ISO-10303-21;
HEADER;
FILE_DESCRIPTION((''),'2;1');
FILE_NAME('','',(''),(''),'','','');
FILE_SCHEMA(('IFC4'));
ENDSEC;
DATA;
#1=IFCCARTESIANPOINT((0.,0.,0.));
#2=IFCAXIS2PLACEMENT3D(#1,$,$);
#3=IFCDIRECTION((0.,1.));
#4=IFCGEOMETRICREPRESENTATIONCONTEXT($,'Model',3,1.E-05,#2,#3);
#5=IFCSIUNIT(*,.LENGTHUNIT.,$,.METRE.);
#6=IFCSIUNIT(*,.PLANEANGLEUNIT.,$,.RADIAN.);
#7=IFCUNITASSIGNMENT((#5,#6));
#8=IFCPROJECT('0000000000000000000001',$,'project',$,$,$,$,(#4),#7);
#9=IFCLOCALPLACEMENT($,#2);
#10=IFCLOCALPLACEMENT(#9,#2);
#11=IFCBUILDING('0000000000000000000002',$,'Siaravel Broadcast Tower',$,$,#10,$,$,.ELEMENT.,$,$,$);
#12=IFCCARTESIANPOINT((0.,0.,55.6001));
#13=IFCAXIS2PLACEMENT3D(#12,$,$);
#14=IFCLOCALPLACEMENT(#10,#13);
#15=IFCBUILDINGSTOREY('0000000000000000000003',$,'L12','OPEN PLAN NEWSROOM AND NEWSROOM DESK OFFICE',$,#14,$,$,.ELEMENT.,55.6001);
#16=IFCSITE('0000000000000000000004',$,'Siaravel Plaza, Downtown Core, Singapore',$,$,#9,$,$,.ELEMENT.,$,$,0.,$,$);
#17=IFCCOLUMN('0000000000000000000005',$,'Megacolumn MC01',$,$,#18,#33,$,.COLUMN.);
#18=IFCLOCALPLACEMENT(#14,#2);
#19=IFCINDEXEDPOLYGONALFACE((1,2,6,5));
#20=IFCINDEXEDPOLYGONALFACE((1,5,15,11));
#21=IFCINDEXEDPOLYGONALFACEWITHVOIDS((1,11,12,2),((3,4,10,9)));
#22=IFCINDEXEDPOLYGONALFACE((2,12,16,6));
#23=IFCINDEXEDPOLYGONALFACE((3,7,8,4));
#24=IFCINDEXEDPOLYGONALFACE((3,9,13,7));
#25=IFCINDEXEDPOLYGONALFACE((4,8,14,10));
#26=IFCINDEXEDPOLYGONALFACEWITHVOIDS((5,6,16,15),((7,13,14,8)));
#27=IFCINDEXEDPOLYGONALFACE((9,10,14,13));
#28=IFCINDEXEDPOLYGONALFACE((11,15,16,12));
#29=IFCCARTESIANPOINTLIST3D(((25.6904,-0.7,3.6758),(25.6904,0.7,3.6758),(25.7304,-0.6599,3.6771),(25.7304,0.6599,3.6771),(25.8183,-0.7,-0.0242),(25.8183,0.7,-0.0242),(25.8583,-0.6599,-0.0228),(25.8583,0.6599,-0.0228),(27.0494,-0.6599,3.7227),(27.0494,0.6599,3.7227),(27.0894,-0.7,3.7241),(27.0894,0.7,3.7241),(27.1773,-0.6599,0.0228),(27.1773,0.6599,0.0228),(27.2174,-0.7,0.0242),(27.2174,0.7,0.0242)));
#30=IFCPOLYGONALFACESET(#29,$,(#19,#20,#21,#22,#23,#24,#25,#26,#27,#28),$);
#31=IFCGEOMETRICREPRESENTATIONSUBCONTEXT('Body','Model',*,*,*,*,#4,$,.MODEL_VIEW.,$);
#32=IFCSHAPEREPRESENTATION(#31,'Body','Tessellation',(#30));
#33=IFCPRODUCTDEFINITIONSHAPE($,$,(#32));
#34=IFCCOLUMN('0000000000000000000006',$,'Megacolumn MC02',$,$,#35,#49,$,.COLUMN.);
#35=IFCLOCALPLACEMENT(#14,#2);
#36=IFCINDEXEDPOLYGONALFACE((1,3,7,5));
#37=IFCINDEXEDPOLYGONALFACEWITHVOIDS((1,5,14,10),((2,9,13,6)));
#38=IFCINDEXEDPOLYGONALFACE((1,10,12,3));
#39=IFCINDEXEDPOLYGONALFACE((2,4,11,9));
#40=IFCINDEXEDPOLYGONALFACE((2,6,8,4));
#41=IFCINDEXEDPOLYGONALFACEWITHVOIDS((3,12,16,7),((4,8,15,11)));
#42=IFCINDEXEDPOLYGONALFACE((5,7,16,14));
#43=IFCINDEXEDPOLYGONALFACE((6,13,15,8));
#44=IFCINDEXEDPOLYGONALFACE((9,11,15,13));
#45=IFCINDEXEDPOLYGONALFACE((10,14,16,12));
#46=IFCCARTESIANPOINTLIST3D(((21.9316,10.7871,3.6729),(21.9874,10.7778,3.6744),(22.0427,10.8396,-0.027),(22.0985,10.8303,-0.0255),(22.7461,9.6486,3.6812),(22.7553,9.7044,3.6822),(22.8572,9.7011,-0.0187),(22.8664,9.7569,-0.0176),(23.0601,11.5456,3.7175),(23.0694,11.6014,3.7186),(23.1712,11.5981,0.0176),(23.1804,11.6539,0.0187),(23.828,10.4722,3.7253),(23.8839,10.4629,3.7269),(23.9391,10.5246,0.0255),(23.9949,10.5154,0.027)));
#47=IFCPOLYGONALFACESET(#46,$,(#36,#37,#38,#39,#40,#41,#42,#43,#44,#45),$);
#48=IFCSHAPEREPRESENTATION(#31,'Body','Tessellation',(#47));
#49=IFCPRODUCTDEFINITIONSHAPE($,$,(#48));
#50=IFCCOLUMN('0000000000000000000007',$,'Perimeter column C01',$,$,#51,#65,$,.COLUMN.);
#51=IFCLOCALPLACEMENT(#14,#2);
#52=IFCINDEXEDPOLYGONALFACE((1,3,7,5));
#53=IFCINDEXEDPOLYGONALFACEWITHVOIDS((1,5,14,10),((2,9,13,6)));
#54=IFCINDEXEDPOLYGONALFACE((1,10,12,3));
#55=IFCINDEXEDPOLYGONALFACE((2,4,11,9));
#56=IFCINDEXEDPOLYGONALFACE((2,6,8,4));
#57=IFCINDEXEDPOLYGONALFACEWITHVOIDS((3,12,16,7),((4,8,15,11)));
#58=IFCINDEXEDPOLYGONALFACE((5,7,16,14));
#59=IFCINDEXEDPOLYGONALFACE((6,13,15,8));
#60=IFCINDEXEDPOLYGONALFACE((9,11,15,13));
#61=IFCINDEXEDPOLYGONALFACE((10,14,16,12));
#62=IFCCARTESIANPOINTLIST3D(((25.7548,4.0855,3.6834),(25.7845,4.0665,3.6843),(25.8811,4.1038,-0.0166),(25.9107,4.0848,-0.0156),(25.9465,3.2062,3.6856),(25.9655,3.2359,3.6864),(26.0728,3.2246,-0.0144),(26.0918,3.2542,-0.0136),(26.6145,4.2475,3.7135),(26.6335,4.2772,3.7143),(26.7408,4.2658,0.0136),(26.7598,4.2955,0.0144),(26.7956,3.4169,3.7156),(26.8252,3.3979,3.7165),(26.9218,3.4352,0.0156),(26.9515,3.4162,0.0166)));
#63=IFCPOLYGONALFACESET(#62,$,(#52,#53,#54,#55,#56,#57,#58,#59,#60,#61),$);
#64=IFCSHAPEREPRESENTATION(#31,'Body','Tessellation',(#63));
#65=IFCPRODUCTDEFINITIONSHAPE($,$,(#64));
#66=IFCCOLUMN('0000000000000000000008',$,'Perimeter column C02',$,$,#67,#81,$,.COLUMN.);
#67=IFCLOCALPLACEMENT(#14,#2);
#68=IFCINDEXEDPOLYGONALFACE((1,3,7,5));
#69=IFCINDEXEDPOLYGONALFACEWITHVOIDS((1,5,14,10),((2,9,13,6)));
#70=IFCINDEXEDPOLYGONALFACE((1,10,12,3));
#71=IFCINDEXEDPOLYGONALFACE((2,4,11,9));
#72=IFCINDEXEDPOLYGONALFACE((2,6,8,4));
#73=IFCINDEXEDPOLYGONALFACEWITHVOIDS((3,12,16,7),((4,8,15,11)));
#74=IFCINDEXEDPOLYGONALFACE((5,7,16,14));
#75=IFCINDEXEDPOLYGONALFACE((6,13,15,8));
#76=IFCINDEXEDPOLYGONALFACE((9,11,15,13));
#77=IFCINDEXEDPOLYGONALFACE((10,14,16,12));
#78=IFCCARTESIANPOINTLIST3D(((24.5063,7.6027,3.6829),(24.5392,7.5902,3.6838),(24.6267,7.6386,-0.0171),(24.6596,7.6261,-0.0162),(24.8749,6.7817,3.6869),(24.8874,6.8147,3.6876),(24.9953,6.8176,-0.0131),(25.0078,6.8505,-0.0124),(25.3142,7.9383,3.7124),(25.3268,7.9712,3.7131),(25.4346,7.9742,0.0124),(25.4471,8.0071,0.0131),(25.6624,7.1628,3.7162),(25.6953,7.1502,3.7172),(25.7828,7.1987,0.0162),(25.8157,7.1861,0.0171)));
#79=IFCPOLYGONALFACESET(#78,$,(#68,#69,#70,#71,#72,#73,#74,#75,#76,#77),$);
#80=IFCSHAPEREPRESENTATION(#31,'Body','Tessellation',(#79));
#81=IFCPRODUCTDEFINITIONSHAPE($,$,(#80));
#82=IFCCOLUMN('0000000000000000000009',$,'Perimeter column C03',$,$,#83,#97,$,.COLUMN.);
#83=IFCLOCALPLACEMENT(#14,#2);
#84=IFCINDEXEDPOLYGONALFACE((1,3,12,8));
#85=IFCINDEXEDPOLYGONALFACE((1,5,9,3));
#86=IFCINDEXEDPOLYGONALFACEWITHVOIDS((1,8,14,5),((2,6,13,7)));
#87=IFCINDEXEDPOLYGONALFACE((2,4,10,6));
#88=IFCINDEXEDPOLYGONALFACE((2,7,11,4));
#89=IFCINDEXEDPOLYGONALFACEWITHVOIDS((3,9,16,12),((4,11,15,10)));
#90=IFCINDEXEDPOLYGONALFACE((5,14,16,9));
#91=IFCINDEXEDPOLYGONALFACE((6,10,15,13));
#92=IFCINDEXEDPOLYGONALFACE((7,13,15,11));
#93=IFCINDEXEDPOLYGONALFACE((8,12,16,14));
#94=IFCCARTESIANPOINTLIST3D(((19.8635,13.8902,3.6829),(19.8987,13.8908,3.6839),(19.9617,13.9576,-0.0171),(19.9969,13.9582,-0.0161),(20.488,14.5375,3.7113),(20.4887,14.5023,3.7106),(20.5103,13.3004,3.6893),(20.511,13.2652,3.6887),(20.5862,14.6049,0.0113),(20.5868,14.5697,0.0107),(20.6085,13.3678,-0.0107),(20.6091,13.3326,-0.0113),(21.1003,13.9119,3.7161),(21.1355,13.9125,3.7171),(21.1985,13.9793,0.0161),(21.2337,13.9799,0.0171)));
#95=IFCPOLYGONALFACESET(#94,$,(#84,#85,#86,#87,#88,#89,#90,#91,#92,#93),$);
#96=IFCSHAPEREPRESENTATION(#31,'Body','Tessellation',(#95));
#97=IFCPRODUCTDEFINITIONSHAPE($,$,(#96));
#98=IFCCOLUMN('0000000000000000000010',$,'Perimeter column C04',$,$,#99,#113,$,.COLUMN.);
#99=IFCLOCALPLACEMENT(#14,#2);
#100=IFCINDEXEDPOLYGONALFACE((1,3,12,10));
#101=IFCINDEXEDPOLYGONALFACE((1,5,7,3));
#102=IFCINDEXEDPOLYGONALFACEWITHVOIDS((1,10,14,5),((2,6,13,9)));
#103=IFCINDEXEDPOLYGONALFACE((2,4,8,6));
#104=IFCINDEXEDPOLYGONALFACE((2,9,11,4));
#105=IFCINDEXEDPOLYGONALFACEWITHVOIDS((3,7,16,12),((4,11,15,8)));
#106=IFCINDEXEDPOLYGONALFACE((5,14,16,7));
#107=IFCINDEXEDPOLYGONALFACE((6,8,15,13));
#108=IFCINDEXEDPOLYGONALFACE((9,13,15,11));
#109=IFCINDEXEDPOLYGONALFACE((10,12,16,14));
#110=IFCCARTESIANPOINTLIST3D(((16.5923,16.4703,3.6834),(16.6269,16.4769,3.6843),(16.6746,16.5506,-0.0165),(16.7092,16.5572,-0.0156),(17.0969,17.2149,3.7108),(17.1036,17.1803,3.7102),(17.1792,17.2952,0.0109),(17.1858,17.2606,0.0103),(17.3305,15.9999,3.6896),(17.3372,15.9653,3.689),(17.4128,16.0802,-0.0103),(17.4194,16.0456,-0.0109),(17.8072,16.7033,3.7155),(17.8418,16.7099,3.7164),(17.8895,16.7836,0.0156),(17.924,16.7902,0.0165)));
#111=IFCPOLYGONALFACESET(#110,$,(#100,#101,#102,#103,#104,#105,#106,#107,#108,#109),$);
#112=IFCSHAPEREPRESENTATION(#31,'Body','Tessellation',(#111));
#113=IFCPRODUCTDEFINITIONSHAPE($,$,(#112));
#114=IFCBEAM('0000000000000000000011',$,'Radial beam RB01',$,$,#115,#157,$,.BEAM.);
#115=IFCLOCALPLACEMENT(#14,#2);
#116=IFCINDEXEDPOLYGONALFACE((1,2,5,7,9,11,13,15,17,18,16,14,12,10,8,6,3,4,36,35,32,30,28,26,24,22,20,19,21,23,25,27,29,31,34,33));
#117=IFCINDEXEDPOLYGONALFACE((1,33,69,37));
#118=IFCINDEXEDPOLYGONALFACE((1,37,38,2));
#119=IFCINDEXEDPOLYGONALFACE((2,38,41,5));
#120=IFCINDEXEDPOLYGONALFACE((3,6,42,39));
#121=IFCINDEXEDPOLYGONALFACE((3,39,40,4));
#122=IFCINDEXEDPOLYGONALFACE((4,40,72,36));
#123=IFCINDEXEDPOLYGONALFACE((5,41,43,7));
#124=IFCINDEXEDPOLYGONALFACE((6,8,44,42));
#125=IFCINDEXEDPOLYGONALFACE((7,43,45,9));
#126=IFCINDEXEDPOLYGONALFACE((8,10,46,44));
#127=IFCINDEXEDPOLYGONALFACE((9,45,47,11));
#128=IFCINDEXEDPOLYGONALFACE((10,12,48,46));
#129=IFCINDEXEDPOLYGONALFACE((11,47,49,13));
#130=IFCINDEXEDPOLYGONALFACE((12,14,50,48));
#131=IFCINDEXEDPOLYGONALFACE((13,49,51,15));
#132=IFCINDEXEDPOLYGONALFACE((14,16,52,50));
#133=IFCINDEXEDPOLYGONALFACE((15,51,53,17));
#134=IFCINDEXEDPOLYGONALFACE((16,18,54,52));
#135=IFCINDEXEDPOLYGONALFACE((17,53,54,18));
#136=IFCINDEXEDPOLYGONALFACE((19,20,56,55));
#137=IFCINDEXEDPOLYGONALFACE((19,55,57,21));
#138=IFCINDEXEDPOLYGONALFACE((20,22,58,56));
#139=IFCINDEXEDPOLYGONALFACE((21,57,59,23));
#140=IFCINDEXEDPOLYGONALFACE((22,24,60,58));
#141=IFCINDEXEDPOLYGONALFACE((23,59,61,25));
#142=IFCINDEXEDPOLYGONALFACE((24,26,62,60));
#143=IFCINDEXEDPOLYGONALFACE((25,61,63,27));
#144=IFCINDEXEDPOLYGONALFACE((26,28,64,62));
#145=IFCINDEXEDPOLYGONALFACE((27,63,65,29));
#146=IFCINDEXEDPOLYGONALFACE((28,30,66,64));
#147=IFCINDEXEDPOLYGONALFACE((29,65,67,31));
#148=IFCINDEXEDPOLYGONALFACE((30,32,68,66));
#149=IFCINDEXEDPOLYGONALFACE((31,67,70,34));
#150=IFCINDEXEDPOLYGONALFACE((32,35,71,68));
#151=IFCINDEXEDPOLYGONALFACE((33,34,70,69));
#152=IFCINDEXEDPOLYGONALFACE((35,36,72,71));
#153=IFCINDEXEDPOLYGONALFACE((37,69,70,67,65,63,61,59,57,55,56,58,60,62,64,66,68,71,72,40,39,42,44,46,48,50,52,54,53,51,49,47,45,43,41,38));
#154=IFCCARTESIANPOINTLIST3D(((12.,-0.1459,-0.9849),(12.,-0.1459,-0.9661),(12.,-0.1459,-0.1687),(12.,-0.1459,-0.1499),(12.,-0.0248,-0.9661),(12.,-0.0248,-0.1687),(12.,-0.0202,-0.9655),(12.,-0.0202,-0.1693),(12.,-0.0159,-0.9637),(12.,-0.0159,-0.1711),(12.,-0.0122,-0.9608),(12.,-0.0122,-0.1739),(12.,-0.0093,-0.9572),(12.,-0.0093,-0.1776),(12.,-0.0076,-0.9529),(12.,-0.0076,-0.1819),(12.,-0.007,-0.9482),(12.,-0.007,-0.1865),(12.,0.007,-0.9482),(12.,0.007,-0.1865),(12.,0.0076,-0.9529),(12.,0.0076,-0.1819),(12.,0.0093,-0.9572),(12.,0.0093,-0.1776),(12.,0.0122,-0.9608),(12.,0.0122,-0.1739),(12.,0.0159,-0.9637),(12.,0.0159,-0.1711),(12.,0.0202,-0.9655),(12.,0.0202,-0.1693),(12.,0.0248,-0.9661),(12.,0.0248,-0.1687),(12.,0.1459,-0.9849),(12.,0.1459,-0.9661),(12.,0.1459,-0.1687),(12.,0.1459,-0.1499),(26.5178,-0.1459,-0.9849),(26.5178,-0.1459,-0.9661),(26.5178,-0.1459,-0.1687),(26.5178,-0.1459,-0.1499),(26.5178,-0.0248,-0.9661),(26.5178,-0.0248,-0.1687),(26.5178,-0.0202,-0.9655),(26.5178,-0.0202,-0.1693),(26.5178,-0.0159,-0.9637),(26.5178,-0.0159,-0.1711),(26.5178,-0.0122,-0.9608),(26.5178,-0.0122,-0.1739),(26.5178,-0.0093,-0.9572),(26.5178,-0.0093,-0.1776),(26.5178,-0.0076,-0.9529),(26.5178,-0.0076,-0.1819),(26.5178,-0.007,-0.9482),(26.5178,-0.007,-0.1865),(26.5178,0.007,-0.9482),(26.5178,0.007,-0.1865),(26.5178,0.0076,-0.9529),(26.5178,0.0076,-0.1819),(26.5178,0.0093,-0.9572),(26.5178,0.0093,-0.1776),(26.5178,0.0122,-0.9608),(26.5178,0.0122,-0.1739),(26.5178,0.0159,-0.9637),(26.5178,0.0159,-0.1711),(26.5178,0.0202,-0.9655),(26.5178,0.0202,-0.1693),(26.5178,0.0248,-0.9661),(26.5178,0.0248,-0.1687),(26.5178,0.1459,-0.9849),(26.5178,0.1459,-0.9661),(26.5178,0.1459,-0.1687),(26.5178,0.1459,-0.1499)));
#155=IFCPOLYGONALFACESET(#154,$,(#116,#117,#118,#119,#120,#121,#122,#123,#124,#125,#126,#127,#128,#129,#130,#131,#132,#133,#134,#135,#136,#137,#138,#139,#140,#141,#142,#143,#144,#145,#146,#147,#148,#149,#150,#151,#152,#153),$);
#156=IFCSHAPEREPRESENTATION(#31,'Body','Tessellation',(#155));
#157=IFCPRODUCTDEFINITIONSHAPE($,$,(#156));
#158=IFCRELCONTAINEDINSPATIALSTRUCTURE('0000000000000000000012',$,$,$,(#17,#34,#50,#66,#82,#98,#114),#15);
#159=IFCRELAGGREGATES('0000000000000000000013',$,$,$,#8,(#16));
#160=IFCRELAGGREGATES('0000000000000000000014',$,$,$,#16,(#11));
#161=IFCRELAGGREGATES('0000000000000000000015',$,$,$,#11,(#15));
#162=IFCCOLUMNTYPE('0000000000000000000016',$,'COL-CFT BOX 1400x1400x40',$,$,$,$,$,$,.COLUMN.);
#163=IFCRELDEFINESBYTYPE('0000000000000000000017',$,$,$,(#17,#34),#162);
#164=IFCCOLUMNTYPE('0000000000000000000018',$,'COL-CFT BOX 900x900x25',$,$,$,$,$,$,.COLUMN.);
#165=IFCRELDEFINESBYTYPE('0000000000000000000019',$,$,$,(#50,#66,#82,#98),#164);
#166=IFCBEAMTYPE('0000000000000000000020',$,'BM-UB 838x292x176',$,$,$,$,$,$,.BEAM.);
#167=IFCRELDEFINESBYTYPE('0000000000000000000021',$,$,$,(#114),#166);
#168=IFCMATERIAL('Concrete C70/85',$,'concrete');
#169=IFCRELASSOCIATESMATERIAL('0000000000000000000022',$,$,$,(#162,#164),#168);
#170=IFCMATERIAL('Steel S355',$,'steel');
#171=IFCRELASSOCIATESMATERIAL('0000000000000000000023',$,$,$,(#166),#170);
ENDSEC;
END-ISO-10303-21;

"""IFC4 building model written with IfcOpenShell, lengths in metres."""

from ifc_helpers import new_model, si_unit, direction, frame, origin, origin_2d, place, context, subcontext, project, spatial, hollow_rectangle, i_section, extrude, material, material_profile, profile_set, type_object, element, save


model = new_model("IFC4")

# Units and contexts
model_context = context("Model", 3, precision=1e-05, world=origin(), true_north=direction((0.0, 1.0)))
body_context = subcontext(model_context, "Body", "Model", "MODEL_VIEW")
ifc_project = project(units=[si_unit("LENGTHUNIT", "METRE"), si_unit("PLANEANGLEUNIT", "RADIAN")], contexts=[model_context])

# Site, building, storey
site_placement = place(None, origin())
site = spatial("IfcSite", under=ifc_project, at=site_placement, Name="Siaravel Plaza, Downtown Core, Singapore", CompositionType="ELEMENT", RefElevation=0.0)
building_placement = place(site_placement, origin())
building = spatial("IfcBuilding", under=site, at=building_placement, Name="Siaravel Broadcast Tower", CompositionType="ELEMENT")
storey_placement = place(building_placement, frame((0.0, 0.0, 55.6001)))
storey = spatial("IfcBuildingStorey", under=building, at=storey_placement, Name="L12", Description="OPEN PLAN NEWSROOM AND NEWSROOM DESK OFFICE", CompositionType="ELEMENT", Elevation=55.6001)

# Columns
ifc_material_1 = material(Name="Concrete C70/85", Category="concrete")
ifc_material_profile_1 = material_profile(ifc_material_1, hollow_rectangle(XDim=1.3999, YDim=1.3999, WallThickness=0.04, at=origin_2d()))
ifc_profile_set_1 = profile_set([ifc_material_profile_1], Name="Concrete C70/85")
column_type_1 = type_object("IfcColumnType", Name="COL-CFT BOX 1400x1400x40", PredefinedType="COLUMN", material=ifc_profile_set_1)
column_1_placement = place(storey_placement, frame((26.5178, 0.0, 0.0), z_axis=(-0.034555, 0.0, 0.999403), x_axis=(0.0, -1.0, 0.0)))
element("IfcColumn", 1, at=column_1_placement, inside=storey, type_object=column_type_1, Name="Megacolumn MC01", PredefinedType="COLUMN", context=body_context, shape_type="SweptSolid", body=[
    extrude(hollow_rectangle(XDim=1.3999, YDim=1.3999, WallThickness=0.04, at=origin_2d()), origin(), (0.0, 0.0, 1.0), 3.7021),
])
column_2_placement = place(storey_placement, frame((23.0188, 10.6775, 0.0), z_axis=(-0.030007, -0.014179, 0.999449), x_axis=(0.581821, -0.813295, 0.00593)))
element("IfcColumn", 2, at=column_2_placement, inside=storey, type_object=column_type_1, Name="Megacolumn MC02", PredefinedType="COLUMN", context=body_context, shape_type="SweptSolid", body=[
    extrude(hollow_rectangle(XDim=1.3999, YDim=1.3999, WallThickness=0.04, at=origin_2d()), origin(), (0.0, 0.0, 1.0), 3.7019),
])
ifc_material_profile_2 = material_profile(ifc_material_1, hollow_rectangle(XDim=0.8999, YDim=0.8999, WallThickness=0.0249, at=origin_2d()))
ifc_profile_set_2 = profile_set([ifc_material_profile_2], Name="Concrete C70/85")
column_type_2 = type_object("IfcColumnType", Name="COL-CFT BOX 900x900x25", PredefinedType="COLUMN", material=ifc_profile_set_2)
for number, where, z_axis, x_axis, name in (
    (3, (26.4163, 3.76, 0.0), (-0.034094, -0.004946, 0.999406), (0.213026, -0.977043, 0.002432), "Perimeter column C01"),
    (4, (25.2212, 7.4124, 0.0), (-0.032512, -0.009694, 0.999424), (0.409583, -0.912262, 0.004475), "Perimeter column C02"),
):
    element("IfcColumn", number, at=place(storey_placement, frame(where, z_axis=z_axis, x_axis=x_axis)), inside=storey, type_object=column_type_2, Name=name, PredefinedType="COLUMN", context=body_context, shape_type="SweptSolid", body=[
        extrude(hollow_rectangle(XDim=0.8999, YDim=0.8999, WallThickness=0.0249, at=origin_2d()), origin(), (0.0, 0.0, 1.0), 3.7021),
    ])
column_3_placement = place(storey_placement, frame((20.5977, 13.9688, 0.0), z_axis=(-0.026512, -0.018202, 0.999483), x_axis=(0.719487, -0.694476, 0.006437)))
element("IfcColumn", 5, at=column_3_placement, inside=storey, type_object=column_type_2, Name="Perimeter column C03", PredefinedType="COLUMN", context=body_context, shape_type="SweptSolid", body=[
    extrude(hollow_rectangle(XDim=0.8999, YDim=0.8999, WallThickness=0.0249, at=origin_2d()), origin(), (0.0, 0.0, 1.0), 3.7019),
])
column_4_placement = place(storey_placement, frame((17.2993, 16.6704, 0.0), z_axis=(-0.022226, -0.021699, 0.999517), x_axis=(0.827705, -0.561129, 0.006224)))
element("IfcColumn", 6, at=column_4_placement, inside=storey, type_object=column_type_2, Name="Perimeter column C04", PredefinedType="COLUMN", context=body_context, shape_type="SweptSolid", body=[
    extrude(hollow_rectangle(XDim=0.8999, YDim=0.8999, WallThickness=0.0249, at=origin_2d()), origin(), (0.0, 0.0, 1.0), 3.7017),
])

# Beam
ifc_material_2 = material(Name="Steel S355", Category="steel")
ifc_material_profile_3 = material_profile(ifc_material_2, i_section(OverallWidth=0.2917, OverallDepth=0.835, WebThickness=0.0139, FlangeThickness=0.0188, FilletRadius=0.0178, at=origin_2d()))
ifc_profile_set_3 = profile_set([ifc_material_profile_3], Name="Steel S355")
beam_type = type_object("IfcBeamType", Name="BM-UB 838x292x176", PredefinedType="BEAM", material=ifc_profile_set_3)
beam_1_placement = place(storey_placement, frame((26.5178, 0.0, -0.5674), z_axis=(-1.0, 0.0, 0.0), x_axis=(0.0, -1.0, 0.0)))
element("IfcBeam", 7, at=beam_1_placement, inside=storey, type_object=beam_type, Name="Radial beam RB01", PredefinedType="BEAM", context=body_context, shape_type="SweptSolid", body=[
    extrude(i_section(OverallWidth=0.2917, OverallDepth=0.835, WebThickness=0.0139, FlangeThickness=0.0188, FilletRadius=0.0178, at=origin_2d()), origin(), (0.0, 0.0, 1.0), 14.5178),
])

save(model, "model.ifc")
